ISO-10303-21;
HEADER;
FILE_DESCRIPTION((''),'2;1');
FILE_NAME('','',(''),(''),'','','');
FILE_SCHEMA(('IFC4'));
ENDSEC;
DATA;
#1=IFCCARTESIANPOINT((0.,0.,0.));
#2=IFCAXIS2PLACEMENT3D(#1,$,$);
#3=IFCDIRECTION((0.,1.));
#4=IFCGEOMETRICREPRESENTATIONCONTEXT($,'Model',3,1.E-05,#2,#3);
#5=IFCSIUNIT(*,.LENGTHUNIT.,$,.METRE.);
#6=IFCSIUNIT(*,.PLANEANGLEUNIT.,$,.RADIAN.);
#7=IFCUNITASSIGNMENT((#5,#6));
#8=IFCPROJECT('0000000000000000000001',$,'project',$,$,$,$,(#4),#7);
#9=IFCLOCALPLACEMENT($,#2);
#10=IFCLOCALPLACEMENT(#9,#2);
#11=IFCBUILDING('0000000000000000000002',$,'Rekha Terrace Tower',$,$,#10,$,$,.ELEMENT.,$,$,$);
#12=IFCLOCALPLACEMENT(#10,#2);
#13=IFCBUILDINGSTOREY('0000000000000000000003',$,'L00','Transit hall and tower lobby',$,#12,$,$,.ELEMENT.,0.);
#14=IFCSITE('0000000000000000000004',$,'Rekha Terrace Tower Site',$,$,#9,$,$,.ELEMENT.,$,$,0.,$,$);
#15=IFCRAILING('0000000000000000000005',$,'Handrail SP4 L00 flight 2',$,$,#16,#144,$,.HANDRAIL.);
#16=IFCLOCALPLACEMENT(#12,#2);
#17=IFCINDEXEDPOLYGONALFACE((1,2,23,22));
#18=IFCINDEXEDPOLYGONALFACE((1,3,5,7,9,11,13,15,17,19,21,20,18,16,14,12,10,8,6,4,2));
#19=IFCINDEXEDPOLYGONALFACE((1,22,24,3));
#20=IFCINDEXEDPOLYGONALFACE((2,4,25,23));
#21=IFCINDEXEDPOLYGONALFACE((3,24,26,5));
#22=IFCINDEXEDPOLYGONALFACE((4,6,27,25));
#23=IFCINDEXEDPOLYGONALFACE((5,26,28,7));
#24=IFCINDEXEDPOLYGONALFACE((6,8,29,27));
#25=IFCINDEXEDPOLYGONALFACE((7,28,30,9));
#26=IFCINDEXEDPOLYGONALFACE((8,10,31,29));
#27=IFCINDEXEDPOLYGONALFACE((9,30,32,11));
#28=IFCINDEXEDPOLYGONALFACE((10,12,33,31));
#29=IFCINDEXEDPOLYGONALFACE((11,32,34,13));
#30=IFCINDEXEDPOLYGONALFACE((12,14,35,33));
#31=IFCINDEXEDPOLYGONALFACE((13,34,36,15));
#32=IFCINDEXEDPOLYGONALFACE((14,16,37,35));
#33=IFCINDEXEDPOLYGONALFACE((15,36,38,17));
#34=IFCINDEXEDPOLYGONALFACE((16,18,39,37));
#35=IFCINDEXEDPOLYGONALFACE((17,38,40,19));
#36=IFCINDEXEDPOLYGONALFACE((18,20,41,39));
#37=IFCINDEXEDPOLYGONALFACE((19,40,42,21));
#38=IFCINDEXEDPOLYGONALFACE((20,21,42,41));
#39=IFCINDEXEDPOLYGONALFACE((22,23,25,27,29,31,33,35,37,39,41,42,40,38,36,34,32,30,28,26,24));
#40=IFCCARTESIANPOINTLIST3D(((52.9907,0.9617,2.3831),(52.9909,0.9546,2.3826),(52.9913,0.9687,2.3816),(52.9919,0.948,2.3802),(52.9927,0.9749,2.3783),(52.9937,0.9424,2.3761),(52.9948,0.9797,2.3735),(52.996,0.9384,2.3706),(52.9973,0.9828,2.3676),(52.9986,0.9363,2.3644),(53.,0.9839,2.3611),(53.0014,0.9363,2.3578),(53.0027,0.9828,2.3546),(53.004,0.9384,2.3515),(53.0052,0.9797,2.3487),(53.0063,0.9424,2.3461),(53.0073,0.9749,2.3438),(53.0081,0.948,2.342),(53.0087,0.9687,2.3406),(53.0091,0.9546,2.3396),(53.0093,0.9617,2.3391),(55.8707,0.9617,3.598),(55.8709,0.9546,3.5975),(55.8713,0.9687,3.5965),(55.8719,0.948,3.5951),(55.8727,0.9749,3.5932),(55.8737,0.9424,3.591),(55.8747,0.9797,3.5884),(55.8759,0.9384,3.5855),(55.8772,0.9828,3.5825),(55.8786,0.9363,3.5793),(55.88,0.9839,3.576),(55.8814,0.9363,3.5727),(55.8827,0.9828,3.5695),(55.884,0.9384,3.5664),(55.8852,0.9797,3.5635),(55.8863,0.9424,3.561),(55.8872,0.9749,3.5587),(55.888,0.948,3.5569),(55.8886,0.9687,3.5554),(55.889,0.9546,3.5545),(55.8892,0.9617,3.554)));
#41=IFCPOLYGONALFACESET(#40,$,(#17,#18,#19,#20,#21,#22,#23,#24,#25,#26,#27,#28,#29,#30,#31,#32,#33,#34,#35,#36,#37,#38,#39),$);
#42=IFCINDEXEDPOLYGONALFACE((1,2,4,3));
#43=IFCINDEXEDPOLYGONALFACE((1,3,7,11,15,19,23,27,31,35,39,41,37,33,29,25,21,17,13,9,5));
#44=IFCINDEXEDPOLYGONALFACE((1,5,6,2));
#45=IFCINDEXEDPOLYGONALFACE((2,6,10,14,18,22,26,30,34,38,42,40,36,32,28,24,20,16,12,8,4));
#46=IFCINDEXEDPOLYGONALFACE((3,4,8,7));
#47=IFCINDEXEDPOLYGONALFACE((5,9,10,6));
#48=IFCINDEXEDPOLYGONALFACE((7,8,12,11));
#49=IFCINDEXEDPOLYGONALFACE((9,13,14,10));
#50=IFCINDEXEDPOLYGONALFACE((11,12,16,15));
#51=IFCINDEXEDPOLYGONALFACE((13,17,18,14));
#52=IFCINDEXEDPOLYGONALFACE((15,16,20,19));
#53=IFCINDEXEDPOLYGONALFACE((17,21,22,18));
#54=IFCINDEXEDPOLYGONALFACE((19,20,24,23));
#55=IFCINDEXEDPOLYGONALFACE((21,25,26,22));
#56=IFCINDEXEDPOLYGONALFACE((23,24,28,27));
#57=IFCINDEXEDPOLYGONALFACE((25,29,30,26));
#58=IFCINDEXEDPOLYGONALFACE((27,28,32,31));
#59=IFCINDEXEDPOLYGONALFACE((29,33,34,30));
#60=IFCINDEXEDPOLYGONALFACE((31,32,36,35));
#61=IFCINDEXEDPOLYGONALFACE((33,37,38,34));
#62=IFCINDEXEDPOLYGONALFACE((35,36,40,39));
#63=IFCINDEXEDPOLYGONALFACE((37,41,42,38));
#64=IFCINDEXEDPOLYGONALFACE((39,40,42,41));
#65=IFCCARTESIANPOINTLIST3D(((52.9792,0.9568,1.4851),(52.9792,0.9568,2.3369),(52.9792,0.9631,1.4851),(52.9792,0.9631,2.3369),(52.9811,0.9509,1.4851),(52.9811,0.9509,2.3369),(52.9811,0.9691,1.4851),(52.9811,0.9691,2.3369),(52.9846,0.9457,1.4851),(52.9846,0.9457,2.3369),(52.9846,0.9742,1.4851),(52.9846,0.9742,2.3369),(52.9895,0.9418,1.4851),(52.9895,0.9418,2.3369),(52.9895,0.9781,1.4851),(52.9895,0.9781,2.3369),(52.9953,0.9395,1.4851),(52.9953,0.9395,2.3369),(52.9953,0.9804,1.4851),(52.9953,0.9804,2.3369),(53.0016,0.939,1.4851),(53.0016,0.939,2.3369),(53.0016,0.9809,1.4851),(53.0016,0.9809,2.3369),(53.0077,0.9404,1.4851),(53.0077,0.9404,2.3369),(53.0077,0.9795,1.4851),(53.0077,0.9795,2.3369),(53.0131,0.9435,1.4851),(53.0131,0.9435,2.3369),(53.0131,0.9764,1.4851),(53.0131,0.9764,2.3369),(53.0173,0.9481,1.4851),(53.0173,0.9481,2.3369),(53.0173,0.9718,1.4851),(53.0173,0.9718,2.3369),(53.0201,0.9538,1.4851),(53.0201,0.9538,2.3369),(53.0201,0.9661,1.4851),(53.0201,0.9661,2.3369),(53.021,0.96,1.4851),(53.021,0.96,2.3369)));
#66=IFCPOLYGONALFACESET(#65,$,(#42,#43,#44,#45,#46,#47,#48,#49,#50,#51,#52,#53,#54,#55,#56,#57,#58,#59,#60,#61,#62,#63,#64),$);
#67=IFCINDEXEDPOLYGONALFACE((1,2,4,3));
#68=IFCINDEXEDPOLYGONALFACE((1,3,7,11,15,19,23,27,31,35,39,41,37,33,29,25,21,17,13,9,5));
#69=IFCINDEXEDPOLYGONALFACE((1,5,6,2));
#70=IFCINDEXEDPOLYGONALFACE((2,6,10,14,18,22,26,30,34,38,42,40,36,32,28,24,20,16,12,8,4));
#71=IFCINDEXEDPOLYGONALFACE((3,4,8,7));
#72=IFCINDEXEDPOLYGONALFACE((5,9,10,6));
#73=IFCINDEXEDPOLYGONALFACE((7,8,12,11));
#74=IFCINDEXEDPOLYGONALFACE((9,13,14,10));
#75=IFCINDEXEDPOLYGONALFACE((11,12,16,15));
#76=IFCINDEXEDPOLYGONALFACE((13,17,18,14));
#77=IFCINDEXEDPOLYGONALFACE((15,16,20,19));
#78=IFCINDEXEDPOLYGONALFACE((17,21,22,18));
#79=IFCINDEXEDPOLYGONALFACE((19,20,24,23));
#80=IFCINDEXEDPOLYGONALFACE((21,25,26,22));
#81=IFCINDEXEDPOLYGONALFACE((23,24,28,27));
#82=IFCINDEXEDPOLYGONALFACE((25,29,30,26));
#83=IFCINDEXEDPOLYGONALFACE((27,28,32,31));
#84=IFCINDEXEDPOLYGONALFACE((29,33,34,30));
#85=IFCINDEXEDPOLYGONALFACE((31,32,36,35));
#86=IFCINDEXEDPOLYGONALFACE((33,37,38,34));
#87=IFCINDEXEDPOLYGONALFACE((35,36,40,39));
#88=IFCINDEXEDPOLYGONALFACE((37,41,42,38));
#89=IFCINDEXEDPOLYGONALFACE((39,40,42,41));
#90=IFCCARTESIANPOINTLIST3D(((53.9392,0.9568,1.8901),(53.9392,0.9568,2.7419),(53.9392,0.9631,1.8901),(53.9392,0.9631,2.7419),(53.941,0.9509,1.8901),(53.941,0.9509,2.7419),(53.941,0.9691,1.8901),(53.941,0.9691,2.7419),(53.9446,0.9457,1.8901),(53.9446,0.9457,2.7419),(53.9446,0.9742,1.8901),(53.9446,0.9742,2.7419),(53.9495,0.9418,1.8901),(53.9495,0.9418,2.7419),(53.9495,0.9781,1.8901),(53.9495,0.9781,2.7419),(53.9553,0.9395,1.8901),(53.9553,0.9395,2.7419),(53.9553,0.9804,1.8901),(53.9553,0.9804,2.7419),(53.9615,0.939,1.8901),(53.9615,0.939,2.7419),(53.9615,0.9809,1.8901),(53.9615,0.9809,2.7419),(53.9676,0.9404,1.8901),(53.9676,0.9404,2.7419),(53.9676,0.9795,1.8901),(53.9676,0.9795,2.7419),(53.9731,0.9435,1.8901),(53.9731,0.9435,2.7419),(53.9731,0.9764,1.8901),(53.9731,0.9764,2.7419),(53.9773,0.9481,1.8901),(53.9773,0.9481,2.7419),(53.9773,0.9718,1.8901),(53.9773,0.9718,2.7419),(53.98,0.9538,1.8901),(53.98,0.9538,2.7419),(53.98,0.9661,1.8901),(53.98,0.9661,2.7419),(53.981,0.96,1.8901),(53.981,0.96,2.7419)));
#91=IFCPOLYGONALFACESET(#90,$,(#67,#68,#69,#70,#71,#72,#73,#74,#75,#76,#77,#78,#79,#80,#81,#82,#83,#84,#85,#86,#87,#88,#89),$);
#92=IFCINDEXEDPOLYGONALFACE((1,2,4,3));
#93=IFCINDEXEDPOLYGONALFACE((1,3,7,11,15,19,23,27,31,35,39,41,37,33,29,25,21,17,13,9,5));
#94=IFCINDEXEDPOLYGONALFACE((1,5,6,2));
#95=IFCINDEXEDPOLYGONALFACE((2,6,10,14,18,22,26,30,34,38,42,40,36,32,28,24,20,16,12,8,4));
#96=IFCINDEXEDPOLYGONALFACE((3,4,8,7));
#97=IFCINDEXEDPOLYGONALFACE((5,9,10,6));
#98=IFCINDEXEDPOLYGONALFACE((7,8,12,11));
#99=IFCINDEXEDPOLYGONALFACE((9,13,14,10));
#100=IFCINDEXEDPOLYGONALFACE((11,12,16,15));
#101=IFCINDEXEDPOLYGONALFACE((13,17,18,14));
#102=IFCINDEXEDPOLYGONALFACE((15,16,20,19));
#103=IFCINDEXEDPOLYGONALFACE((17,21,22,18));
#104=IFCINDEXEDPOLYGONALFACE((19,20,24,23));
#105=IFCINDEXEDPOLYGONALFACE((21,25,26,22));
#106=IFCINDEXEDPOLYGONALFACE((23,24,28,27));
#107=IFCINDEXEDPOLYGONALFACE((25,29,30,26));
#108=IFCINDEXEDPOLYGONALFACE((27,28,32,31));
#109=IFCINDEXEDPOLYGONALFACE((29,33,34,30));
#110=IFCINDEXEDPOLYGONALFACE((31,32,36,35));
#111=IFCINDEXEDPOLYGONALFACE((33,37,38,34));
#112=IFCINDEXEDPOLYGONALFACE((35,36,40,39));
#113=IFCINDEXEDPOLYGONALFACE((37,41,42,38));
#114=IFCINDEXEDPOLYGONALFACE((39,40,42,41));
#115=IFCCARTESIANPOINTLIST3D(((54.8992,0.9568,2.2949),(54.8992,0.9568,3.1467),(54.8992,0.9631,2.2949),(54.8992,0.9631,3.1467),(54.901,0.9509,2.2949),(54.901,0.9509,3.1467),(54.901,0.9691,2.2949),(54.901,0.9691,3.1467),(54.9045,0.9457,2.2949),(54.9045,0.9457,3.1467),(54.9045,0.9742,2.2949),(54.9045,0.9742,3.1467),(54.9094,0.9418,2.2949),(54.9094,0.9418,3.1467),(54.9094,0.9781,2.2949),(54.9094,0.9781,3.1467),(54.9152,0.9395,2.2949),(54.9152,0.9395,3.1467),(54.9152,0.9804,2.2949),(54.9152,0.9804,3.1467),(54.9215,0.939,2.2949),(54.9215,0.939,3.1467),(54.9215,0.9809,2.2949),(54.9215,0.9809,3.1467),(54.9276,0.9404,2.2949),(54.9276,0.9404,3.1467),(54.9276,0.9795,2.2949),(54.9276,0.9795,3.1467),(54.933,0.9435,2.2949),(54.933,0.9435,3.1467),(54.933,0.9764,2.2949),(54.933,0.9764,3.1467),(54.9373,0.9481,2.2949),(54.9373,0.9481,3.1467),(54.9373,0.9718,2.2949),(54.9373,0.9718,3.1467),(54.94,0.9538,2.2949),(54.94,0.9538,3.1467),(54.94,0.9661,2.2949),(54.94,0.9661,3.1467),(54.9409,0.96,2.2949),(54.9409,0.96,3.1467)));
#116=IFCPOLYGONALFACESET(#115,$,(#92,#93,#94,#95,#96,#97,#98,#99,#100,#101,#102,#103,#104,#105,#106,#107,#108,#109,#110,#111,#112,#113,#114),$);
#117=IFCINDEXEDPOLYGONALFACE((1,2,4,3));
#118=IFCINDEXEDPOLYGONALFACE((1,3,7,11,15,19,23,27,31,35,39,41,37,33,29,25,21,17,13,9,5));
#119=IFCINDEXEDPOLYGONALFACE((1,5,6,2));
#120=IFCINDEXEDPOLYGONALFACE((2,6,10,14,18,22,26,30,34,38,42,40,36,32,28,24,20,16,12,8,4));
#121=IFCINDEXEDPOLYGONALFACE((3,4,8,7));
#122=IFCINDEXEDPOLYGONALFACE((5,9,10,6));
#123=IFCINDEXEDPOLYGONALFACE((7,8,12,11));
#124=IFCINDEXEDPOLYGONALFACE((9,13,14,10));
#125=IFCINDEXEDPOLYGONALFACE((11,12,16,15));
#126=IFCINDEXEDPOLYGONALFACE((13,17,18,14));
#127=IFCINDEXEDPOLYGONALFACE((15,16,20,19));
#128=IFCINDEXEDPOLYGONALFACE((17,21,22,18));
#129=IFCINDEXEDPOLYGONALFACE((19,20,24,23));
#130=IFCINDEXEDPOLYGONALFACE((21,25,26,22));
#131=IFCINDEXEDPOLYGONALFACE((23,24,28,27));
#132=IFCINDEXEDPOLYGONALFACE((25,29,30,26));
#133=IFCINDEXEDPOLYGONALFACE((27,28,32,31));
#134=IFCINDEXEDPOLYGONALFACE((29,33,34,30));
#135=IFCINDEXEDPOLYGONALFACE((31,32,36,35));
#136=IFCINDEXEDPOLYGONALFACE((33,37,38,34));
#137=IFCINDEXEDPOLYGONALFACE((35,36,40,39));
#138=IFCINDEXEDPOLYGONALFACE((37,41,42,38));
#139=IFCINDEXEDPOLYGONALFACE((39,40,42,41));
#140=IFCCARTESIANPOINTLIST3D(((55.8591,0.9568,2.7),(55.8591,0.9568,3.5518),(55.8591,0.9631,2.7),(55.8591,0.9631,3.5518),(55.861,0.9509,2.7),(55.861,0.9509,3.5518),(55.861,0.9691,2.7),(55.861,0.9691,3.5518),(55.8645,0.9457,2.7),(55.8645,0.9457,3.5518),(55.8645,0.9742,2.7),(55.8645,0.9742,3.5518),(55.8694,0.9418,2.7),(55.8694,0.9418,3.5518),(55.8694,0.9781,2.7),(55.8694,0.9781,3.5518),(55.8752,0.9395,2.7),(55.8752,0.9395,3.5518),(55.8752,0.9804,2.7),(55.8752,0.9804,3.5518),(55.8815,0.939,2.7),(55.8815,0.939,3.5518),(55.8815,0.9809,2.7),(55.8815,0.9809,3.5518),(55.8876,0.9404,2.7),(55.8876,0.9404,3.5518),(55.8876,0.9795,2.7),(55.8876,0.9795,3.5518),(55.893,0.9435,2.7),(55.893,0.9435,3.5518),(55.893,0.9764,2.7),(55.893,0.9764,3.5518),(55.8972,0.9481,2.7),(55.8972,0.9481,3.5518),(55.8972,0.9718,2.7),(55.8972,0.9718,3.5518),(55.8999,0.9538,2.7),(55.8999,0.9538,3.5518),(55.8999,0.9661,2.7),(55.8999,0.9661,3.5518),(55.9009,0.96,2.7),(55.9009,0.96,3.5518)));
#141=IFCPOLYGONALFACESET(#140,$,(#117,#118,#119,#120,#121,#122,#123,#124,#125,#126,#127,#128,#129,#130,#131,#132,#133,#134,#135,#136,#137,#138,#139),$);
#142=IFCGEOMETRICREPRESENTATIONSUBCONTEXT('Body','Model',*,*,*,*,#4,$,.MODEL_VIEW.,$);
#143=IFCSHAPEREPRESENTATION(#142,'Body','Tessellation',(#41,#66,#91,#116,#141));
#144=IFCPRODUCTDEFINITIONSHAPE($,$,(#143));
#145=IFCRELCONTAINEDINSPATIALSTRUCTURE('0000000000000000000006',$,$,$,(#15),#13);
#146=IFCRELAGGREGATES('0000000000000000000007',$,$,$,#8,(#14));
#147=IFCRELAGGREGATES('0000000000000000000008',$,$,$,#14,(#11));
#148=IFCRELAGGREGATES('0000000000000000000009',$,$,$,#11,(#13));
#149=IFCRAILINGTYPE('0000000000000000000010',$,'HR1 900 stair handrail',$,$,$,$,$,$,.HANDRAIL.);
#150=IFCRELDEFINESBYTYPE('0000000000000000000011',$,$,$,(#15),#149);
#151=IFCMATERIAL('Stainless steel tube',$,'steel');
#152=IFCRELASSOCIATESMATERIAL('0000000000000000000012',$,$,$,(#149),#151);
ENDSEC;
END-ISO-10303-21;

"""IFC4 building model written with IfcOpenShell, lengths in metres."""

from ifc_helpers import new_model, si_unit, direction, frame, origin, origin_2d, place, context, subcontext, project, spatial, circle, extrude, material, type_object, element, save


model = new_model("IFC4")

# Units and contexts
model_context = context("Model", 3, precision=1e-05, world=origin(), true_north=direction((0.0, 1.0)))
body_context = subcontext(model_context, "Body", "Model", "MODEL_VIEW")
ifc_project = project(units=[si_unit("LENGTHUNIT", "METRE"), si_unit("PLANEANGLEUNIT", "RADIAN")], contexts=[model_context])

# Site, building, storey
site_placement = place(None, origin())
site = spatial("IfcSite", under=ifc_project, at=site_placement, Name="Rekha Terrace Tower Site", CompositionType="ELEMENT", RefElevation=0.0)
building_placement = place(site_placement, origin())
building = spatial("IfcBuilding", under=site, at=building_placement, Name="Rekha Terrace Tower", CompositionType="ELEMENT")
storey_placement = place(building_placement, origin())
storey = spatial("IfcBuildingStorey", under=building, at=storey_placement, Name="L00", Description="Transit hall and tower lobby", CompositionType="ELEMENT", Elevation=0.0)

# Railing
ifc_material_1 = material(Name="Stainless steel tube", Category="steel")
railing_type_1 = type_object("IfcRailingType", Name="HR1 900 stair handrail", PredefinedType="HANDRAIL", material=ifc_material_1)
railing_1_placement = place(storey_placement, frame((53.0, 0.96, 1.4851)))
element("IfcRailing", 1, at=railing_1_placement, inside=storey, type_object=railing_type_1, Name="Handrail SP4 L00 flight 2", PredefinedType="HANDRAIL", context=body_context, shape_type="SweptSolid", body=[
    extrude(circle(Radius=0.0239, at=origin_2d()), frame((0.0, 0.0, 0.876), z_axis=(0.921376, 0.0, 0.388671), x_axis=(0.0, 1.0, 0.0)), (0.0, 0.0, 1.0), 3.1257),
    extrude(circle(Radius=0.021, at=origin_2d()), origin(), (0.0, 0.0, 1.0), 0.8518),
    extrude(circle(Radius=0.021, at=origin_2d()), frame((0.96, 0.0, 0.405)), (0.0, 0.0, 1.0), 0.8518),
    extrude(circle(Radius=0.021, at=origin_2d()), frame((1.9199, 0.0, 0.8098)), (0.0, 0.0, 1.0), 0.8518),
    extrude(circle(Radius=0.021, at=origin_2d()), frame((2.8799, 0.0, 1.2148)), (0.0, 0.0, 1.0), 0.8518),
])

save(model, "model.ifc")
